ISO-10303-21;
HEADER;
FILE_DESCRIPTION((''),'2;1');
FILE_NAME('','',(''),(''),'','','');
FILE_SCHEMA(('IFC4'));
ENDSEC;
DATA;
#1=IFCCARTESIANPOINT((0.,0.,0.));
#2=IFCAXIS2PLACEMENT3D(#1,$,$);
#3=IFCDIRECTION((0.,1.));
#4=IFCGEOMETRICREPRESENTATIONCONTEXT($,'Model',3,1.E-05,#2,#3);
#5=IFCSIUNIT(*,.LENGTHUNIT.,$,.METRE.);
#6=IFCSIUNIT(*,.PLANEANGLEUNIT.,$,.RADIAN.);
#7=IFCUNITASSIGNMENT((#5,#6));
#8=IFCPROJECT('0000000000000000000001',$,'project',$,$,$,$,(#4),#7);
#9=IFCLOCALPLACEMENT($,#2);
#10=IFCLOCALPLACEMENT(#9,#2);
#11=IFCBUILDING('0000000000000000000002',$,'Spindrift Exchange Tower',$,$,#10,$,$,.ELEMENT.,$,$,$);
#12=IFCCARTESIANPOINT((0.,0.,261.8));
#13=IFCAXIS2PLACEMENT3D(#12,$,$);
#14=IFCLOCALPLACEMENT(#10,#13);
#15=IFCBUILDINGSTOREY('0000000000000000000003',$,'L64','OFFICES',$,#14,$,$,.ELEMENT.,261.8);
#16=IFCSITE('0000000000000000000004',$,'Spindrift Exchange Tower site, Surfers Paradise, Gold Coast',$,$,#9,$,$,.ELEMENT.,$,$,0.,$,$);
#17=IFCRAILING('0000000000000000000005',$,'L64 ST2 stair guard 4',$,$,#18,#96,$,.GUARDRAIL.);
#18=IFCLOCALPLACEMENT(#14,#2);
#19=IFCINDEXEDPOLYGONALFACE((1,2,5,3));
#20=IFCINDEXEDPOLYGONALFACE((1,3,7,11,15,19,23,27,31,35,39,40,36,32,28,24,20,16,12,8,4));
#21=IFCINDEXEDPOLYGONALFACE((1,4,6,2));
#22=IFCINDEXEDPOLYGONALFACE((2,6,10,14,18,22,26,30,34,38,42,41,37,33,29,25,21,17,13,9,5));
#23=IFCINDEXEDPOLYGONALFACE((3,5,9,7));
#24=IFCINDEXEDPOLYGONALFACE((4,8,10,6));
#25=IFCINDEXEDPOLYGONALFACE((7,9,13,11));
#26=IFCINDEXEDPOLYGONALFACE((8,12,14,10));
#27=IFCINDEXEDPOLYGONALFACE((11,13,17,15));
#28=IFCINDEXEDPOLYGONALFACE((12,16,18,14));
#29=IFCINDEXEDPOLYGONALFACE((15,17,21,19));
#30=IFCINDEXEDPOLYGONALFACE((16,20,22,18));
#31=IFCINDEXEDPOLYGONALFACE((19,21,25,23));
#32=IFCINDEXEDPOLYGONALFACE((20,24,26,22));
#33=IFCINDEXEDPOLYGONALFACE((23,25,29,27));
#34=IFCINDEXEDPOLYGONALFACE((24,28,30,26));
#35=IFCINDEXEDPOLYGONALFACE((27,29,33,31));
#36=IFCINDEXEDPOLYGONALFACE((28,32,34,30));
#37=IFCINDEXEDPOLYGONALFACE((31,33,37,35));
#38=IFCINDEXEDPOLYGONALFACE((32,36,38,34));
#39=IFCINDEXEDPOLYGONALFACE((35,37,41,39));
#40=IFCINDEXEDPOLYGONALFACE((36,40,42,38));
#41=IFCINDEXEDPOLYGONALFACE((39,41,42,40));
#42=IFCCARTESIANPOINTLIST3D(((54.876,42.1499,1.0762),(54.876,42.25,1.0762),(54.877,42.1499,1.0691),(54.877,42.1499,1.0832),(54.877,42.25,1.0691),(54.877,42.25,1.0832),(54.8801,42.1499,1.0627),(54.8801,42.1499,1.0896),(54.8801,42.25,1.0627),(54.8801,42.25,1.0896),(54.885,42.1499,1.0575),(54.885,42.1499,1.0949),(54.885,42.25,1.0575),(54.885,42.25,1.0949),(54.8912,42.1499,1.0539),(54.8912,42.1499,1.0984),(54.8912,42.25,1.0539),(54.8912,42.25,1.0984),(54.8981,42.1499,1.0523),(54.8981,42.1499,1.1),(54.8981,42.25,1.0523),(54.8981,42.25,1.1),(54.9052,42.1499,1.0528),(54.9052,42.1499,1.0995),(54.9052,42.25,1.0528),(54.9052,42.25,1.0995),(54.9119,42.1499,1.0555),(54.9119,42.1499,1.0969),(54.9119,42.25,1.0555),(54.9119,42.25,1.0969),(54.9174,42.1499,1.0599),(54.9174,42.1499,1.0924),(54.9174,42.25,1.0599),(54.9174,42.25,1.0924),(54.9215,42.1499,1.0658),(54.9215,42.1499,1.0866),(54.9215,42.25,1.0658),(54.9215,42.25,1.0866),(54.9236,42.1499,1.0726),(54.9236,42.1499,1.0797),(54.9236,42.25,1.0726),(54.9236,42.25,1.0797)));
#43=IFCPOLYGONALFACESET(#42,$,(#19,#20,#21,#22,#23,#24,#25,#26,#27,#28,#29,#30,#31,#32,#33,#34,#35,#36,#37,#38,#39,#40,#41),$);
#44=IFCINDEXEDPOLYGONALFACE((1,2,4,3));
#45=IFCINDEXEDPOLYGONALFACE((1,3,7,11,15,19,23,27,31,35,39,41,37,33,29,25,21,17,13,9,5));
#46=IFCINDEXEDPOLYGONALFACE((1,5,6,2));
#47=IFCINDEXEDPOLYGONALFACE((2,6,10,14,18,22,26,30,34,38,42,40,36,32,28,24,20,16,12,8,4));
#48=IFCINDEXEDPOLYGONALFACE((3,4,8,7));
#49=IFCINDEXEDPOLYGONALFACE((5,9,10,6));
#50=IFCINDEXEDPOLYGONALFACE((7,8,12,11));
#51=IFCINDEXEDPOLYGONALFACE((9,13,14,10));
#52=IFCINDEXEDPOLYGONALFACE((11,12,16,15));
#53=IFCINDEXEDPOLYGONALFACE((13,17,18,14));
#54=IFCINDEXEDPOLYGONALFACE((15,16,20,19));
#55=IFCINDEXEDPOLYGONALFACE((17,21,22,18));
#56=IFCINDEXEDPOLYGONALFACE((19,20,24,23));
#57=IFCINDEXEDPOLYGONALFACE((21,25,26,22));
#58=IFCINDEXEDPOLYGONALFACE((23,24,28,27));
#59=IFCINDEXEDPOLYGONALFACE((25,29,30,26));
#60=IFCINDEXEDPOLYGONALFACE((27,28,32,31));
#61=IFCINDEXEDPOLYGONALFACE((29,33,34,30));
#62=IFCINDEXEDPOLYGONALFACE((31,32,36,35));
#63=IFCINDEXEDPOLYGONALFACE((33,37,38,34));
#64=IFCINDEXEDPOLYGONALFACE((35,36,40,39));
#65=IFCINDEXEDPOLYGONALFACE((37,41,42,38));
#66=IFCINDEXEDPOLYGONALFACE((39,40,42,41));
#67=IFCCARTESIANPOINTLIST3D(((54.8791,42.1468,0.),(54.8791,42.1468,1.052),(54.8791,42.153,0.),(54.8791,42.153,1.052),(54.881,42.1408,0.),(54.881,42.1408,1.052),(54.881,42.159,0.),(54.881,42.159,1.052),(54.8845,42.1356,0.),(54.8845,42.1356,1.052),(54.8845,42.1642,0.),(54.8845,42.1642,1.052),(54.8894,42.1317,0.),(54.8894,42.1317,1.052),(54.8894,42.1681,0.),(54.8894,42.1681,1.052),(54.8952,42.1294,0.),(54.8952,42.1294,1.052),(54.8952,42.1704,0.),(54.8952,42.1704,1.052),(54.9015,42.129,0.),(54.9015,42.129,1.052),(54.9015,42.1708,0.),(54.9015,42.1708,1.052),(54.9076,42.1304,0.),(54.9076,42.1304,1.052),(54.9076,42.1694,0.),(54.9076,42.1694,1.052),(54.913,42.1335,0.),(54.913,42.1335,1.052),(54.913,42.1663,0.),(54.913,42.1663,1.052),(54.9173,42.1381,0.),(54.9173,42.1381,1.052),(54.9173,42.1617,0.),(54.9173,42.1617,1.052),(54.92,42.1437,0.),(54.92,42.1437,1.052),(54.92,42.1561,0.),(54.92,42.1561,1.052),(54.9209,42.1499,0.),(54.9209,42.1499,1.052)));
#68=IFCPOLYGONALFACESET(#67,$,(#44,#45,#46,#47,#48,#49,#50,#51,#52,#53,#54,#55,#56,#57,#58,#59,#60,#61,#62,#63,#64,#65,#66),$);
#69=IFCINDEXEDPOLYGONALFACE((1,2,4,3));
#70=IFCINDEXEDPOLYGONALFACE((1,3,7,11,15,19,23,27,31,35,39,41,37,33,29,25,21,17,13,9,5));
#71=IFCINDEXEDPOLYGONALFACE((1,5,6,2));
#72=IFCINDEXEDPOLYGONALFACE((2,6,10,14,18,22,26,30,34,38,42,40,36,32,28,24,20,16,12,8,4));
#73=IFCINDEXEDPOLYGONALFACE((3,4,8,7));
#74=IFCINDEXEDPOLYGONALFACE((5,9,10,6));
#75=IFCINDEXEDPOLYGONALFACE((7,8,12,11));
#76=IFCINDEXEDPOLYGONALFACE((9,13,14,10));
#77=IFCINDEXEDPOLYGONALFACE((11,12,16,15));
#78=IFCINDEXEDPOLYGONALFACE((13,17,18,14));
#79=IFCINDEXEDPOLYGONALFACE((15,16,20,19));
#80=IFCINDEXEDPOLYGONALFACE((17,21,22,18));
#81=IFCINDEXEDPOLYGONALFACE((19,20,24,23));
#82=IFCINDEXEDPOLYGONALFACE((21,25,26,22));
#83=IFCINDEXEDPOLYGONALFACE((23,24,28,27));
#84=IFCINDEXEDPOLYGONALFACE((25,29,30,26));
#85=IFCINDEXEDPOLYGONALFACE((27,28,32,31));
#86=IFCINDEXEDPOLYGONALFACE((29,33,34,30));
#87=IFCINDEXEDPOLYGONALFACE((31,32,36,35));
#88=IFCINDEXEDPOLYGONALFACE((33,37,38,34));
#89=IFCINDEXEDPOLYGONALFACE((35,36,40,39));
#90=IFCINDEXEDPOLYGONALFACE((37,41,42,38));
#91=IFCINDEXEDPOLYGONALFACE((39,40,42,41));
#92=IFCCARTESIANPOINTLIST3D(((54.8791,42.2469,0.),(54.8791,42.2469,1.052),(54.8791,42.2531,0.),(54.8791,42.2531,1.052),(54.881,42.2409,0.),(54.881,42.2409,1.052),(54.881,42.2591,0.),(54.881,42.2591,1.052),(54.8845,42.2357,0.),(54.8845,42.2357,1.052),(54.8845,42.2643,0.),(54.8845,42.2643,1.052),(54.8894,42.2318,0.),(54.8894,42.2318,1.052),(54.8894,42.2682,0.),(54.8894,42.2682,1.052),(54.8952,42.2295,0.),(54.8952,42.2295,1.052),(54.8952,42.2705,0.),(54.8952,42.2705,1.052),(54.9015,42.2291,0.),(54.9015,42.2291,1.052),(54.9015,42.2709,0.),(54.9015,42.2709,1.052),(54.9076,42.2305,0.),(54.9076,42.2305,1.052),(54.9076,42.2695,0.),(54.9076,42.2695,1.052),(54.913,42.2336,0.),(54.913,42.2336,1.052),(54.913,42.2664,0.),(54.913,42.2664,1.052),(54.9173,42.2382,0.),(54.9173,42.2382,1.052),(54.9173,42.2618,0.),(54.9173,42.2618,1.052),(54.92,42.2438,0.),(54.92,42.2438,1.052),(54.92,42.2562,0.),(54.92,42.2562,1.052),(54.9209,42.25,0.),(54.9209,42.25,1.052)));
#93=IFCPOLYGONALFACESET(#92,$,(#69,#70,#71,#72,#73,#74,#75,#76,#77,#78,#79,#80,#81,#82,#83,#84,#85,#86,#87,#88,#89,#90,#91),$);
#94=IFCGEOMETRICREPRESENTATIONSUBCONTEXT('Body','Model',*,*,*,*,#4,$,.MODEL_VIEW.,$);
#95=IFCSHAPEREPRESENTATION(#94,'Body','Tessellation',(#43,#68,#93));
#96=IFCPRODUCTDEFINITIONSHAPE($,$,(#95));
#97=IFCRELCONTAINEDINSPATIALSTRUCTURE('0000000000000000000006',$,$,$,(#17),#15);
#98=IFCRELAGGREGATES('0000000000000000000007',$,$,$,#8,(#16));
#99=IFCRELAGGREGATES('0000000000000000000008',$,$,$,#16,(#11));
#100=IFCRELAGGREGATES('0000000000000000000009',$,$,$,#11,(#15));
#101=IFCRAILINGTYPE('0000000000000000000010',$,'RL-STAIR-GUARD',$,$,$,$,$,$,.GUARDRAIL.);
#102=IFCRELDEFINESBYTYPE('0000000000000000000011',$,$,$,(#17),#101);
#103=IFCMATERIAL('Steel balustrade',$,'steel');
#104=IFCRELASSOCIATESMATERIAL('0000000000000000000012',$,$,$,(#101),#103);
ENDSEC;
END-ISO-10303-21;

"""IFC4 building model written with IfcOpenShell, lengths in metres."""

from ifc_helpers import new_model, si_unit, direction, frame, origin, origin_2d, place, context, subcontext, project, spatial, circle, extrude, material, type_object, element, save


model = new_model("IFC4")

# Units and contexts
model_context = context("Model", 3, precision=1e-05, world=origin(), true_north=direction((0.0, 1.0)))
body_context = subcontext(model_context, "Body", "Model", "MODEL_VIEW")
ifc_project = project(units=[si_unit("LENGTHUNIT", "METRE"), si_unit("PLANEANGLEUNIT", "RADIAN")], contexts=[model_context])

# Site, building, storey
site_placement = place(None, origin())
site = spatial("IfcSite", under=ifc_project, at=site_placement, Name="Spindrift Exchange Tower site, Surfers Paradise, Gold Coast", CompositionType="ELEMENT", RefElevation=0.0)
building_placement = place(site_placement, origin())
building = spatial("IfcBuilding", under=site, at=building_placement, Name="Spindrift Exchange Tower", CompositionType="ELEMENT")
storey_placement = place(building_placement, frame((0.0, 0.0, 261.8)))
storey = spatial("IfcBuildingStorey", under=building, at=storey_placement, Name="L64", Description="OFFICES", CompositionType="ELEMENT", Elevation=261.8)

# Railing
ifc_material_1 = material(Name="Steel balustrade", Category="steel")
railing_type_1 = type_object("IfcRailingType", Name="RL-STAIR-GUARD", PredefinedType="GUARDRAIL", material=ifc_material_1)
railing_1_placement = place(storey_placement, frame((54.8999, 42.1499, 0.0)))
element("IfcRailing", 1, at=railing_1_placement, inside=storey, type_object=railing_type_1, Name="L64 ST2 stair guard 4", PredefinedType="GUARDRAIL", context=body_context, shape_type="SweptSolid", body=[
    extrude(circle(Radius=0.0239, at=origin_2d()), frame((0.0, 0.0, 1.0762), z_axis=(0.0, 1.0, 0.0), x_axis=(-1.0, 0.0, 0.0)), (0.0, 0.0, 1.0), 0.1001),
    extrude(circle(Radius=0.021, at=origin_2d()), origin(), (0.0, 0.0, 1.0), 1.052),
    extrude(circle(Radius=0.021, at=origin_2d()), frame((0.0, 0.1001, 0.0)), (0.0, 0.0, 1.0), 1.052),
])

save(model, "model.ifc")
